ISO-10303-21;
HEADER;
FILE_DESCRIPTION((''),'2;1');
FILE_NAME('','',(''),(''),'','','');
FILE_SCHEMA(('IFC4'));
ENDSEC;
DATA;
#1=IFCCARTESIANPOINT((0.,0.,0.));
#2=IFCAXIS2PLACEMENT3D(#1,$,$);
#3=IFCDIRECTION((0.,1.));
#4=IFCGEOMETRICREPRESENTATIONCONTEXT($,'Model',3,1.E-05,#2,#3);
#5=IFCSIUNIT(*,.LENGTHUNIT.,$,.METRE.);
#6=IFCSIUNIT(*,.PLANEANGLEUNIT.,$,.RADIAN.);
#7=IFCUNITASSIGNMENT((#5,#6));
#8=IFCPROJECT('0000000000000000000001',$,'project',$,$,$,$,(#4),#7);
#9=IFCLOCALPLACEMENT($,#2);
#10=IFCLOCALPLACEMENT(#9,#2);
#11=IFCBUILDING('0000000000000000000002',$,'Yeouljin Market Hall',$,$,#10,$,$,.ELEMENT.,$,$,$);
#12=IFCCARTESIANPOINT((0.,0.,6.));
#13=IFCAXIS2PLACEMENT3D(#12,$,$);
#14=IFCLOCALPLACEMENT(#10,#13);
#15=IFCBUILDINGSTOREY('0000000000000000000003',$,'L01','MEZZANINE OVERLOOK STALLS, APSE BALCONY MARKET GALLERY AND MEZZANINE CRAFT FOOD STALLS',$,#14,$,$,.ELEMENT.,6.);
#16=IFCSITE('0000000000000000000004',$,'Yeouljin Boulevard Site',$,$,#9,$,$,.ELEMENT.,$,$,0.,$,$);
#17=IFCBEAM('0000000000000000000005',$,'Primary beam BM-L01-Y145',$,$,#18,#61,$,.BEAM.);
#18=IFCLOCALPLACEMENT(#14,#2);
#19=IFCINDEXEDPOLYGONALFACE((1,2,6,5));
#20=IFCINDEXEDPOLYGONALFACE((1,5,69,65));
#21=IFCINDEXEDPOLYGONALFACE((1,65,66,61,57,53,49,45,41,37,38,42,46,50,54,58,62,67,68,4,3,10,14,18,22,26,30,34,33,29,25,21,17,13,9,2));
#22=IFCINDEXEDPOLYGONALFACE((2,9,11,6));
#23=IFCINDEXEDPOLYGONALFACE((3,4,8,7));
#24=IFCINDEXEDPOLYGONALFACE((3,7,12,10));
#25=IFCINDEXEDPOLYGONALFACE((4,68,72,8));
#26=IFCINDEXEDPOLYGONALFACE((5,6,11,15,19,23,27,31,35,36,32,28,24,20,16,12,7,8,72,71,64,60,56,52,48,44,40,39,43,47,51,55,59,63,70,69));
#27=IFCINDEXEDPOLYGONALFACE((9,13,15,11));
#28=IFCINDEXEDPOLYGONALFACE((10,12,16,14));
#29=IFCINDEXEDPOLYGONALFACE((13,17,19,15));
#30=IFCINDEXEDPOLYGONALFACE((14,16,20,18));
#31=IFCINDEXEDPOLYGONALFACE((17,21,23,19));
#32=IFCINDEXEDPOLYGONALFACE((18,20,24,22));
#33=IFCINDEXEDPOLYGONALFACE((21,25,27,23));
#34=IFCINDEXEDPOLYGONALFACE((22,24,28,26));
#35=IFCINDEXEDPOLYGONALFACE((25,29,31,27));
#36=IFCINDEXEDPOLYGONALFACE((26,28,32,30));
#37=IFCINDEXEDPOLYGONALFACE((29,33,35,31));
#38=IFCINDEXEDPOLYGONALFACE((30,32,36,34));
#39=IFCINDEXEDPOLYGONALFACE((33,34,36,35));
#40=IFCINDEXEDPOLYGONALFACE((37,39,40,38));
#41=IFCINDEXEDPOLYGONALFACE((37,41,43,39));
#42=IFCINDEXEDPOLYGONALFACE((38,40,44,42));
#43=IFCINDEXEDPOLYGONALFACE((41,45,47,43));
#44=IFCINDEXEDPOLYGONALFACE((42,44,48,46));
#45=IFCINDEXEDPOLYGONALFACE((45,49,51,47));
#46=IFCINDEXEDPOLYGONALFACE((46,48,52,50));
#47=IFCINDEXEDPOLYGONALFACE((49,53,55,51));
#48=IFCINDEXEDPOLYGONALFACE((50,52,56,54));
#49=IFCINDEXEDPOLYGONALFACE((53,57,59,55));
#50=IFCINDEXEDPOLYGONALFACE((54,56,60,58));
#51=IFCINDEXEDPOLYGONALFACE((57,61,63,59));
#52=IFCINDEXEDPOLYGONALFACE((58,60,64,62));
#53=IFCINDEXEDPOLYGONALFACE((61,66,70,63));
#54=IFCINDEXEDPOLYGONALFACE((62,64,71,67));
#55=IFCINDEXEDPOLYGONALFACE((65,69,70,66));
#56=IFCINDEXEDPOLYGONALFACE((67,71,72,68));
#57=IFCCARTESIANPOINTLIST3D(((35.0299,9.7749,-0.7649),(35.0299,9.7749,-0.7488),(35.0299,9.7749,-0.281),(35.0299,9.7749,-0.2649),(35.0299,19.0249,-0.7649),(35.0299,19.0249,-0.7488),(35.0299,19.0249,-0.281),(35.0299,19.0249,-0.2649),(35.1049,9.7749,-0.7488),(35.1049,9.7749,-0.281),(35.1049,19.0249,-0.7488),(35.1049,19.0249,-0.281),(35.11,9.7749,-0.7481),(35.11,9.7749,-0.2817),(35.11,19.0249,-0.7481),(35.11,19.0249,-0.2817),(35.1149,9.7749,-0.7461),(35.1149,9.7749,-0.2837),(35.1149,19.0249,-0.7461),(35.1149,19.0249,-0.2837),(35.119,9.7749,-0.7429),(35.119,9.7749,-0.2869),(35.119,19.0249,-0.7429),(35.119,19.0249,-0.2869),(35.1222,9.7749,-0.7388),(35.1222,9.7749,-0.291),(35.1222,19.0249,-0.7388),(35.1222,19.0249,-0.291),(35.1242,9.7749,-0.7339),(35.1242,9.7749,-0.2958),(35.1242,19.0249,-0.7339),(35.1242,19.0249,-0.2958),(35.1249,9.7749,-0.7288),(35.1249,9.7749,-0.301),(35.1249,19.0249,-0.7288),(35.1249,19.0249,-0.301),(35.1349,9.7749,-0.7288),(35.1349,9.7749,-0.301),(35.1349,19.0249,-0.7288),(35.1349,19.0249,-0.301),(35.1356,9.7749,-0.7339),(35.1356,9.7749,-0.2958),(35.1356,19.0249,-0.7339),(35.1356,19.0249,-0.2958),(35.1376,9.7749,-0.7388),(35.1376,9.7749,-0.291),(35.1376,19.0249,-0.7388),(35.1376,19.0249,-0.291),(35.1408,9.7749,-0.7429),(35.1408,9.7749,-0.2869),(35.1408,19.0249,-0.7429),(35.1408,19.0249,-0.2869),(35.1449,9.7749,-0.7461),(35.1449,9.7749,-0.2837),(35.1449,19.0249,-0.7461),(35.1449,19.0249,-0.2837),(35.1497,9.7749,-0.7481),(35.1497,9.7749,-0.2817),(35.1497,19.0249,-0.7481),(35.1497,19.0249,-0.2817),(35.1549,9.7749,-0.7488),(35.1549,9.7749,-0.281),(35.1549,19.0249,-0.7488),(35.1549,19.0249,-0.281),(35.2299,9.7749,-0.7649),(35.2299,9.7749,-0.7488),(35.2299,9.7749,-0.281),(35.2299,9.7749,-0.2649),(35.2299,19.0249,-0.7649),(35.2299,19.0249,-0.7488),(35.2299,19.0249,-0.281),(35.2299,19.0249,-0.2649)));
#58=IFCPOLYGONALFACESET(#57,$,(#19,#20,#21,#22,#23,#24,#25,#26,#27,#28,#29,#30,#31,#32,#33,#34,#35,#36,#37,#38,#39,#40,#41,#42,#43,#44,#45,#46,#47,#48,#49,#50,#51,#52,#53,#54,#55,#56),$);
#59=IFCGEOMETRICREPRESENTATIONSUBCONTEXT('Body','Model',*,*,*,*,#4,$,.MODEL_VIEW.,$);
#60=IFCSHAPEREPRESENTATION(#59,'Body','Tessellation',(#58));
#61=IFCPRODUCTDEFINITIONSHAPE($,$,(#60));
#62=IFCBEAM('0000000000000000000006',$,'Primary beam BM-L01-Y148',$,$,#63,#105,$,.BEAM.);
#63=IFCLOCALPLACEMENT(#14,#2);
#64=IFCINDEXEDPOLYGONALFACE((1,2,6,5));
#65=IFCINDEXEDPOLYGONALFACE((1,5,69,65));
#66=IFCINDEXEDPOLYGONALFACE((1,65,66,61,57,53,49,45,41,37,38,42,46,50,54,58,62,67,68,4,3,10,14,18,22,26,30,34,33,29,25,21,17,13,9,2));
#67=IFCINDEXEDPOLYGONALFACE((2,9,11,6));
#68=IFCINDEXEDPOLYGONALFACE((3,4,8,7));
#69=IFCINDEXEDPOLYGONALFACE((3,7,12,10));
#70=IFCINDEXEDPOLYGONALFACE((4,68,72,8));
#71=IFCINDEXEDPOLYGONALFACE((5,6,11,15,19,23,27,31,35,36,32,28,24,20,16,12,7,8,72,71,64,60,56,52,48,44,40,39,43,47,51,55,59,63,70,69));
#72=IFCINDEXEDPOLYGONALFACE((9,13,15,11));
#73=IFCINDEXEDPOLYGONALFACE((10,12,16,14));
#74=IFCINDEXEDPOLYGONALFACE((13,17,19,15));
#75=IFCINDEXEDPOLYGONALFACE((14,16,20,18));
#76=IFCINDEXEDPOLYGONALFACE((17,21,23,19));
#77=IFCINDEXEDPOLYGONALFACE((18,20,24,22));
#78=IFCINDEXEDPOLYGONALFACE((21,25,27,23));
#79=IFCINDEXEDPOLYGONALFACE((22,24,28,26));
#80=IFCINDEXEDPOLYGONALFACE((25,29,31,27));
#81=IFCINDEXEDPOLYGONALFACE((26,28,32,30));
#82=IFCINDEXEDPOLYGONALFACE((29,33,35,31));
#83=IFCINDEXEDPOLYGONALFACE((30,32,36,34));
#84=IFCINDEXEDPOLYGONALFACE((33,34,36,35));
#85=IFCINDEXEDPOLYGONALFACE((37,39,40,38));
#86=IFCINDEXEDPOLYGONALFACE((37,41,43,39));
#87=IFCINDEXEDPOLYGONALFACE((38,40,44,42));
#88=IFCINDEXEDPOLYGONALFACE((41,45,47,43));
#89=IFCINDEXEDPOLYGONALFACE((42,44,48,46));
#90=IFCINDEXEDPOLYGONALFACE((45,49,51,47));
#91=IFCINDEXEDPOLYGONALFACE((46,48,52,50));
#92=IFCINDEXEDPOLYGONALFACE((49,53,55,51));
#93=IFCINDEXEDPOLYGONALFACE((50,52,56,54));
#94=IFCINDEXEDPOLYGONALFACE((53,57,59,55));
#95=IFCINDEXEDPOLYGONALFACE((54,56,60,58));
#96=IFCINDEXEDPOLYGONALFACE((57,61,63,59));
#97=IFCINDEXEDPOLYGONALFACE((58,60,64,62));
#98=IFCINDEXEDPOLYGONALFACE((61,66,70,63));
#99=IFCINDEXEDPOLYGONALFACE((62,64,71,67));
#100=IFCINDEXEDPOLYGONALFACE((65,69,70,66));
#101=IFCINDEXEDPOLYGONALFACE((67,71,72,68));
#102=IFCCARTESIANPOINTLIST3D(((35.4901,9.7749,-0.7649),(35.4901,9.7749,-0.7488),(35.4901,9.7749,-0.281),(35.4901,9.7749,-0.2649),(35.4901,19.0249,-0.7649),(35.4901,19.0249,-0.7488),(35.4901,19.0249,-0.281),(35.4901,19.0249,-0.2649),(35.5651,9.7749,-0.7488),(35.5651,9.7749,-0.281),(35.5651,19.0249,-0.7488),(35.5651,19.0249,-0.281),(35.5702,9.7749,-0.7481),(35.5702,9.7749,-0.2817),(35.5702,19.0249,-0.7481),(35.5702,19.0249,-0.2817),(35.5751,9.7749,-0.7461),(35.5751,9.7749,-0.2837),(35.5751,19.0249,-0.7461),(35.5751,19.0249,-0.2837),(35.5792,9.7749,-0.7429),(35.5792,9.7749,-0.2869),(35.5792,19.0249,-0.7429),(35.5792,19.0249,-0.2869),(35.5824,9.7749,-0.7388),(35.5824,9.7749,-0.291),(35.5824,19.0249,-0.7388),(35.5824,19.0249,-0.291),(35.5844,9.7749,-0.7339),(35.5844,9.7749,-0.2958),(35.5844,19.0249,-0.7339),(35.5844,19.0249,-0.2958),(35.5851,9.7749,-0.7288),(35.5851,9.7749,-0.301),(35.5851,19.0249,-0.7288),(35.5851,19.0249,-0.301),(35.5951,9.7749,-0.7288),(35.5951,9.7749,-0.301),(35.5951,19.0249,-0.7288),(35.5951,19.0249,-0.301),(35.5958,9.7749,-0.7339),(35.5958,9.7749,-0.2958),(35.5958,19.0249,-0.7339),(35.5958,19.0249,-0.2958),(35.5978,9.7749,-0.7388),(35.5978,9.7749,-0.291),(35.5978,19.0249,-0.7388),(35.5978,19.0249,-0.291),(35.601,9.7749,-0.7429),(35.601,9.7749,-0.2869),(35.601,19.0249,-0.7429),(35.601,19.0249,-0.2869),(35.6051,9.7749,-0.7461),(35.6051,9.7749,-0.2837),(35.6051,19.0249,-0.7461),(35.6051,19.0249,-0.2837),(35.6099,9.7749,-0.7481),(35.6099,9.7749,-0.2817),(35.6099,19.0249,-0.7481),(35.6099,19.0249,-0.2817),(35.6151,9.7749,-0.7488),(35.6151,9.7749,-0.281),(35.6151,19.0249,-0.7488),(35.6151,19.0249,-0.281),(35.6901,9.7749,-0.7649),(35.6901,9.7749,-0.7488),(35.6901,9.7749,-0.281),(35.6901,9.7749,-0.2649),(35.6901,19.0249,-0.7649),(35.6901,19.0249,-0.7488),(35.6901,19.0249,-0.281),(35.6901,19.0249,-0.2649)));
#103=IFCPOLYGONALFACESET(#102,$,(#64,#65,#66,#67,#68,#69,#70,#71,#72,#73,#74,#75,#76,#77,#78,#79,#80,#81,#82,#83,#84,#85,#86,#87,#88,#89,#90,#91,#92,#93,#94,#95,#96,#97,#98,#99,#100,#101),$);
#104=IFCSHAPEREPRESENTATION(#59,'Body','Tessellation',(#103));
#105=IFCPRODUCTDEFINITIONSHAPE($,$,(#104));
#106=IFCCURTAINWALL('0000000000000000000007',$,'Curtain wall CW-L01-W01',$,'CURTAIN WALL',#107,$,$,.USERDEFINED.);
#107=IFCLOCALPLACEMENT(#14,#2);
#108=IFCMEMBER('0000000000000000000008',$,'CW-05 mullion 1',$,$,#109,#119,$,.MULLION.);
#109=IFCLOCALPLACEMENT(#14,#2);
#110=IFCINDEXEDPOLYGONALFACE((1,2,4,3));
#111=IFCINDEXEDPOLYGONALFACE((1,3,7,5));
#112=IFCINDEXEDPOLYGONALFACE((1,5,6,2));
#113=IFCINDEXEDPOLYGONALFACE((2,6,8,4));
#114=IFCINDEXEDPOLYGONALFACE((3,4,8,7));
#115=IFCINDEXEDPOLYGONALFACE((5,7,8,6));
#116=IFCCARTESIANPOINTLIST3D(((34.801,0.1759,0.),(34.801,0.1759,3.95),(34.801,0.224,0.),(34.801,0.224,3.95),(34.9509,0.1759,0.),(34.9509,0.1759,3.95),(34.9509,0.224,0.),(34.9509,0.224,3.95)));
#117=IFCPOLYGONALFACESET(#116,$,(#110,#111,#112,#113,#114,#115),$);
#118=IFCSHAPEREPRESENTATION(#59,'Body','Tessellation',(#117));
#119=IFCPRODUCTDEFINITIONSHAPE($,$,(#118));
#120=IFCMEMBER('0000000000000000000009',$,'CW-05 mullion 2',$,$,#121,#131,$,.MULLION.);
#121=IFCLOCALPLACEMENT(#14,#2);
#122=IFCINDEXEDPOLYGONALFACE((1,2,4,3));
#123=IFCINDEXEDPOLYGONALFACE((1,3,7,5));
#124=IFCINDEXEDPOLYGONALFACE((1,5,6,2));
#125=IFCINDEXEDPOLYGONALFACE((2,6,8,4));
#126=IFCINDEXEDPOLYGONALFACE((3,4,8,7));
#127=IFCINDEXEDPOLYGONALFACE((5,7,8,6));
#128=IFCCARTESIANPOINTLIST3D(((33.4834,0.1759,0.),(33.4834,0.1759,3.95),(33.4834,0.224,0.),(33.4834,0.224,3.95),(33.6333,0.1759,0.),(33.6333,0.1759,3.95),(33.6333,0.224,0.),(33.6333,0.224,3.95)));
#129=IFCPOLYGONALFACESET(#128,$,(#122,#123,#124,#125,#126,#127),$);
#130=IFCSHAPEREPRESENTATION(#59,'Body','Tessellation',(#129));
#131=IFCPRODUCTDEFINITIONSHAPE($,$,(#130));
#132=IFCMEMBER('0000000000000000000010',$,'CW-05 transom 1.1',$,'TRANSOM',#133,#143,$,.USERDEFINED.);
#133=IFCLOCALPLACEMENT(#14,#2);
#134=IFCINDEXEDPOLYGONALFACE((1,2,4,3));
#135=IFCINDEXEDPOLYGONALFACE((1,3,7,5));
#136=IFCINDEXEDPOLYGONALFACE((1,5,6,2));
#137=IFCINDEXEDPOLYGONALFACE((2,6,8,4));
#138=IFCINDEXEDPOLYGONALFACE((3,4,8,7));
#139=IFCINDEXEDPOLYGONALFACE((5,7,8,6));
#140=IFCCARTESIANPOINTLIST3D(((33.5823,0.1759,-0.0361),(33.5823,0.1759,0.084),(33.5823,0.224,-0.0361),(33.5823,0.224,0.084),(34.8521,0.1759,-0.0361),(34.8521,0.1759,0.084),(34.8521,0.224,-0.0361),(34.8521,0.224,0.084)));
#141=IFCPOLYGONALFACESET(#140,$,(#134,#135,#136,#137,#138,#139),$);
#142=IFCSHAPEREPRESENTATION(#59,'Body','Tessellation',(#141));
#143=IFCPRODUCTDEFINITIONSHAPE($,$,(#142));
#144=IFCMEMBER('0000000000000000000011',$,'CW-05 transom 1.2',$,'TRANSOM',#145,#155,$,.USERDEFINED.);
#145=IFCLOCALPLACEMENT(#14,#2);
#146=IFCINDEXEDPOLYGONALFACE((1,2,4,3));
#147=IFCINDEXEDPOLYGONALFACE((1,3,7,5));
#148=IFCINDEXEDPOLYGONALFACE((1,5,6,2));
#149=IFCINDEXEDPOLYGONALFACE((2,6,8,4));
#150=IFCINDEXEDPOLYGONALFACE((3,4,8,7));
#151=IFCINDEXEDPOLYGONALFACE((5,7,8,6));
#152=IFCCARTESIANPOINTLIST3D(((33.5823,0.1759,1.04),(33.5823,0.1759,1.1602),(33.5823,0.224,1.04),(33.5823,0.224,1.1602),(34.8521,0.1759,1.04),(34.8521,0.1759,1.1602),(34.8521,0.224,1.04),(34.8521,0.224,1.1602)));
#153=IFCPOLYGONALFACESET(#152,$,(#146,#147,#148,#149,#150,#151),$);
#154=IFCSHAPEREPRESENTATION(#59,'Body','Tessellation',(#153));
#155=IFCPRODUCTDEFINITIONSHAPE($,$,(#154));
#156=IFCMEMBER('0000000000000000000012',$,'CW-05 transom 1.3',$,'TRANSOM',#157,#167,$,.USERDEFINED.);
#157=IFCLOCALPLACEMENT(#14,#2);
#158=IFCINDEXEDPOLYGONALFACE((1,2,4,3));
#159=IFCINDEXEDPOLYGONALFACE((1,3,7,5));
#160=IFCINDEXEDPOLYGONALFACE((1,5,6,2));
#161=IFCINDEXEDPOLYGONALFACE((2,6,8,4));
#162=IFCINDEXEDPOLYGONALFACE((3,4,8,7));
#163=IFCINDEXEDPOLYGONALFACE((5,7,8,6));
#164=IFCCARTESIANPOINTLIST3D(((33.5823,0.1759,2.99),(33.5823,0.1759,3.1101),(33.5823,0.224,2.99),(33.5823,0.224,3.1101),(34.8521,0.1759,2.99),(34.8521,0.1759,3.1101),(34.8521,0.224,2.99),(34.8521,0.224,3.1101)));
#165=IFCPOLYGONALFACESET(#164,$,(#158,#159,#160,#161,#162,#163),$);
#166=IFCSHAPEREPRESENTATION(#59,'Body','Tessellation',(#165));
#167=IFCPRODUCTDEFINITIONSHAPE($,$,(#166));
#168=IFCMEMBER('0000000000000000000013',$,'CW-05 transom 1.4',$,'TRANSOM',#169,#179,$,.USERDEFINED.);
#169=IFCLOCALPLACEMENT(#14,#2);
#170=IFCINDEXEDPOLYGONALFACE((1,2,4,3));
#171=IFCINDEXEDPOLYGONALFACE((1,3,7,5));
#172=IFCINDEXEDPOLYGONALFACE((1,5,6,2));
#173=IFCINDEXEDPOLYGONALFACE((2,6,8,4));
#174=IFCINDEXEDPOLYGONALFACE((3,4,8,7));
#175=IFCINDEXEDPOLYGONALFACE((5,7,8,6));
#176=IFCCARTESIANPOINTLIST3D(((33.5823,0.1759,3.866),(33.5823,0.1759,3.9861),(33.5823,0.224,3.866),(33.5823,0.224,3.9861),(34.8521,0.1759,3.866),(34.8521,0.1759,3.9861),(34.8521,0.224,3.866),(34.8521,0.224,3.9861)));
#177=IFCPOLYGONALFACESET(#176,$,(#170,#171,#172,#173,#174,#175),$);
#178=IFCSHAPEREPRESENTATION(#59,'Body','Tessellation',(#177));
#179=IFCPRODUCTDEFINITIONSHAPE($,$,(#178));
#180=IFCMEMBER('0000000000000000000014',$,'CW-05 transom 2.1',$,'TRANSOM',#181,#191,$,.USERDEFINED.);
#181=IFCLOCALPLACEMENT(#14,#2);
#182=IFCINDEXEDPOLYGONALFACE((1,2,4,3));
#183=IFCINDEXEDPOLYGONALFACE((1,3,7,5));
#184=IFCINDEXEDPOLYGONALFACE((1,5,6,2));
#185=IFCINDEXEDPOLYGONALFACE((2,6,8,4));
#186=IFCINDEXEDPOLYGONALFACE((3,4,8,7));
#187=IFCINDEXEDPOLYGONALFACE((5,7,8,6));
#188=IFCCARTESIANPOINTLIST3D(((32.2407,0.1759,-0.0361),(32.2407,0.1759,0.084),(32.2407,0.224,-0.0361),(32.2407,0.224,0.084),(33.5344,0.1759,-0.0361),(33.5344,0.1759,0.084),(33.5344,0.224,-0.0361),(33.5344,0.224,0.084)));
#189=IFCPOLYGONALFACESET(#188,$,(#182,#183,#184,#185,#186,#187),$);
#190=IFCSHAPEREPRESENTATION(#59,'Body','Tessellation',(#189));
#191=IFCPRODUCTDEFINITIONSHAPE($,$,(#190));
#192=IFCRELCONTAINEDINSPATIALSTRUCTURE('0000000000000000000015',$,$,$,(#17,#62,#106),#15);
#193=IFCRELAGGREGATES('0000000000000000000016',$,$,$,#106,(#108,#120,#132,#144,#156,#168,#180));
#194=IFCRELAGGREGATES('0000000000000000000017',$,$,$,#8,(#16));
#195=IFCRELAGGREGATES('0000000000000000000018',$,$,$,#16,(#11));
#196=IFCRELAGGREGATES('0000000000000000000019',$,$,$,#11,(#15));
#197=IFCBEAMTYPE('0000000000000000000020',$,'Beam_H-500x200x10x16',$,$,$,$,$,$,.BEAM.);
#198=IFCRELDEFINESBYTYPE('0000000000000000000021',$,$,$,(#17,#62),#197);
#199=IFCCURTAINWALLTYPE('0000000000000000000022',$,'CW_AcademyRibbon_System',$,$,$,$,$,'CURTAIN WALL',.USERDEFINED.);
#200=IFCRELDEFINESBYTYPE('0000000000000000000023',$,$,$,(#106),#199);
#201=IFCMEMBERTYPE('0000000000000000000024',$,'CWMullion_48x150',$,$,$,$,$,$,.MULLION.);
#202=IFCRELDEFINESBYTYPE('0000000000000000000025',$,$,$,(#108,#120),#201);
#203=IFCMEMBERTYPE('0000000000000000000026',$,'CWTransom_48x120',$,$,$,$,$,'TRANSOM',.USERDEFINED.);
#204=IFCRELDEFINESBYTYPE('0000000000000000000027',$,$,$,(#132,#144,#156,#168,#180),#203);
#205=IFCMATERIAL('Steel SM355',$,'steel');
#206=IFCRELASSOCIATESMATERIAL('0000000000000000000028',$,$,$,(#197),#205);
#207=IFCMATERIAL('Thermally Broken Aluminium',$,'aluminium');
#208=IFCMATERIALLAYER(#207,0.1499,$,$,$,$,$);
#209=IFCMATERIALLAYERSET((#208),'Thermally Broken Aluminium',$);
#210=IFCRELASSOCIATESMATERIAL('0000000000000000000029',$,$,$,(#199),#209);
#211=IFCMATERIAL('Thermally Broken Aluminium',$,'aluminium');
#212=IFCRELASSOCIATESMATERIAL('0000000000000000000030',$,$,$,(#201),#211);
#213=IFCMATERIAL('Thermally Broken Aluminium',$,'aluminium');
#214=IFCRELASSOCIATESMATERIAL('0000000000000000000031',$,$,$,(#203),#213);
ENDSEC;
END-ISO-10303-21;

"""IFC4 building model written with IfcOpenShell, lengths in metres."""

from ifc_helpers import new_model, si_unit, direction, frame, origin, origin_2d, place, context, subcontext, project, spatial, rectangle, i_section, extrude, material, layer, layer_set, material_profile, profile_set, type_object, element, aggregate, save


model = new_model("IFC4")

# Units and contexts
model_context = context("Model", 3, precision=1e-05, world=origin(), true_north=direction((0.0, 1.0)))
body_context = subcontext(model_context, "Body", "Model", "MODEL_VIEW")
ifc_project = project(units=[si_unit("LENGTHUNIT", "METRE"), si_unit("PLANEANGLEUNIT", "RADIAN")], contexts=[model_context])

# Site, building, storey
site_placement = place(None, origin())
site = spatial("IfcSite", under=ifc_project, at=site_placement, Name="Yeouljin Boulevard Site", CompositionType="ELEMENT", RefElevation=0.0)
building_placement = place(site_placement, origin())
building = spatial("IfcBuilding", under=site, at=building_placement, Name="Yeouljin Market Hall", CompositionType="ELEMENT")
storey_placement = place(building_placement, frame((0.0, 0.0, 6.0)))
storey = spatial("IfcBuildingStorey", under=building, at=storey_placement, Name="L01", Description="MEZZANINE OVERLOOK STALLS, APSE BALCONY MARKET GALLERY AND MEZZANINE CRAFT FOOD STALLS", CompositionType="ELEMENT", Elevation=6.0)

# Beams
ifc_material_1 = material(Name="Steel SM355", Category="steel")
ifc_material_profile_1 = material_profile(ifc_material_1, i_section(OverallWidth=0.2, OverallDepth=0.5, WebThickness=0.01, FlangeThickness=0.0161, FilletRadius=0.02, at=origin_2d()), Name="H-500x200x10x16")
ifc_profile_set_1 = profile_set([ifc_material_profile_1], Name="Steel SM355")
beam_type_1 = type_object("IfcBeamType", Name="Beam_H-500x200x10x16", PredefinedType="BEAM", material=ifc_profile_set_1)
for number, where, z_axis, x_axis, name in (
    (1, (35.1299, 9.7749, -0.5149), (0.0, 1.0, 0.0), (-1.0, 0.0, 0.0), "Primary beam BM-L01-Y145"),
    (2, (35.5901, 9.7749, -0.5149), (0.0, 1.0, 0.0), (-1.0, 0.0, 0.0), "Primary beam BM-L01-Y148"),
):
    element("IfcBeam", number, at=place(storey_placement, frame(where, z_axis=z_axis, x_axis=x_axis)), inside=storey, type_object=beam_type_1, Name=name, PredefinedType="BEAM", context=body_context, shape_type="SweptSolid", body=[
        extrude(i_section(OverallWidth=0.2, OverallDepth=0.5, WebThickness=0.01, FlangeThickness=0.0161, FilletRadius=0.02, at=origin_2d()), origin(), (0.0, 0.0, 1.0), 9.25),
    ])

# Curtain wall, members
ifc_material_2 = material(Name="Thermally Broken Aluminium", Category="aluminium")
ifc_layer_1 = layer(ifc_material_2, 0.1499)
ifc_layer_set_1 = layer_set([ifc_layer_1], Name="Thermally Broken Aluminium")
curtain_wall_type = type_object("IfcCurtainWallType", Name="CW_AcademyRibbon_System", ElementType="CURTAIN WALL", PredefinedType="USERDEFINED", material=ifc_layer_set_1)
curtain_wall_placement = place(storey_placement, origin())
curtain_wall = element("IfcCurtainWall", 3, at=curtain_wall_placement, inside=storey, type_object=curtain_wall_type, Name="Curtain wall CW-L01-W01", ObjectType="CURTAIN WALL", PredefinedType="USERDEFINED")
ifc_material_3 = material(Name="Thermally Broken Aluminium", Category="aluminium")
ifc_material_profile_2 = material_profile(ifc_material_3, rectangle(XDim=0.0481, YDim=0.1499, at=origin_2d()), Name="CW-MULL-48x150")
ifc_profile_set_2 = profile_set([ifc_material_profile_2], Name="Thermally Broken Aluminium")
member_type_1 = type_object("IfcMemberType", Name="CWMullion_48x150", PredefinedType="MULLION", material=ifc_profile_set_2)
member_1_placement = place(storey_placement, frame((34.876, 0.2, 0.0), z_axis=(0.0, 0.0, 1.0), x_axis=(0.0, -1.0, 0.0)))
member_1 = element("IfcMember", 4, at=member_1_placement, type_object=member_type_1, Name="CW-05 mullion 1", PredefinedType="MULLION", context=body_context, shape_type="SweptSolid", body=[
    extrude(rectangle(XDim=0.0481, YDim=0.1499, at=origin_2d()), origin(), (0.0, 0.0, 1.0), 3.95),
])
member_2_placement = place(storey_placement, frame((33.5583, 0.2, 0.0), z_axis=(0.0, 0.0, 1.0), x_axis=(0.0, -1.0, 0.0)))
member_2 = element("IfcMember", 5, at=member_2_placement, type_object=member_type_1, Name="CW-05 mullion 2", PredefinedType="MULLION", context=body_context, shape_type="SweptSolid", body=[
    extrude(rectangle(XDim=0.0481, YDim=0.1499, at=origin_2d()), origin(), (0.0, 0.0, 1.0), 3.95),
])
ifc_material_4 = material(Name="Thermally Broken Aluminium", Category="aluminium")
ifc_material_profile_3 = material_profile(ifc_material_4, rectangle(XDim=0.0481, YDim=0.1201, at=origin_2d()), Name="CW-TRAN-48x120")
ifc_profile_set_3 = profile_set([ifc_material_profile_3], Name="Thermally Broken Aluminium")
member_type_2 = type_object("IfcMemberType", Name="CWTransom_48x120", ElementType="TRANSOM", PredefinedType="USERDEFINED", material=ifc_profile_set_3)
member_3_placement = place(storey_placement, frame((34.8521, 0.2, 0.0239), z_axis=(-1.0, 0.0, 0.0), x_axis=(0.0, -1.0, 0.0)))
member_3 = element("IfcMember", 6, at=member_3_placement, type_object=member_type_2, Name="CW-05 transom 1.1", ObjectType="TRANSOM", PredefinedType="USERDEFINED", context=body_context, shape_type="SweptSolid", body=[
    extrude(rectangle(XDim=0.0481, YDim=0.1201, at=origin_2d()), origin(), (0.0, 0.0, 1.0), 1.2698),
])
member_4_placement = place(storey_placement, frame((34.8521, 0.2, 1.1001), z_axis=(-1.0, 0.0, 0.0), x_axis=(0.0, -1.0, 0.0)))
member_4 = element("IfcMember", 7, at=member_4_placement, type_object=member_type_2, Name="CW-05 transom 1.2", ObjectType="TRANSOM", PredefinedType="USERDEFINED", context=body_context, shape_type="SweptSolid", body=[
    extrude(rectangle(XDim=0.0481, YDim=0.1201, at=origin_2d()), origin(), (0.0, 0.0, 1.0), 1.2698),
])
member_5_placement = place(storey_placement, frame((34.8521, 0.2, 3.05), z_axis=(-1.0, 0.0, 0.0), x_axis=(0.0, -1.0, 0.0)))
member_5 = element("IfcMember", 8, at=member_5_placement, type_object=member_type_2, Name="CW-05 transom 1.3", ObjectType="TRANSOM", PredefinedType="USERDEFINED", context=body_context, shape_type="SweptSolid", body=[
    extrude(rectangle(XDim=0.0481, YDim=0.1201, at=origin_2d()), origin(), (0.0, 0.0, 1.0), 1.2698),
])
member_6_placement = place(storey_placement, frame((34.8521, 0.2, 3.926), z_axis=(-1.0, 0.0, 0.0), x_axis=(0.0, -1.0, 0.0)))
member_6 = element("IfcMember", 9, at=member_6_placement, type_object=member_type_2, Name="CW-05 transom 1.4", ObjectType="TRANSOM", PredefinedType="USERDEFINED", context=body_context, shape_type="SweptSolid", body=[
    extrude(rectangle(XDim=0.0481, YDim=0.1201, at=origin_2d()), origin(), (0.0, 0.0, 1.0), 1.2698),
])
member_7_placement = place(storey_placement, frame((33.5344, 0.2, 0.0239), z_axis=(-1.0, 0.0, 0.0), x_axis=(0.0, -1.0, 0.0)))
member_7 = element("IfcMember", 10, at=member_7_placement, type_object=member_type_2, Name="CW-05 transom 2.1", ObjectType="TRANSOM", PredefinedType="USERDEFINED", context=body_context, shape_type="SweptSolid", body=[
    extrude(rectangle(XDim=0.0481, YDim=0.1201, at=origin_2d()), origin(), (0.0, 0.0, 1.0), 1.2937),
])

aggregate(curtain_wall, [member_1, member_2, member_3, member_4, member_5, member_6, member_7])

save(model, "model.ifc")
